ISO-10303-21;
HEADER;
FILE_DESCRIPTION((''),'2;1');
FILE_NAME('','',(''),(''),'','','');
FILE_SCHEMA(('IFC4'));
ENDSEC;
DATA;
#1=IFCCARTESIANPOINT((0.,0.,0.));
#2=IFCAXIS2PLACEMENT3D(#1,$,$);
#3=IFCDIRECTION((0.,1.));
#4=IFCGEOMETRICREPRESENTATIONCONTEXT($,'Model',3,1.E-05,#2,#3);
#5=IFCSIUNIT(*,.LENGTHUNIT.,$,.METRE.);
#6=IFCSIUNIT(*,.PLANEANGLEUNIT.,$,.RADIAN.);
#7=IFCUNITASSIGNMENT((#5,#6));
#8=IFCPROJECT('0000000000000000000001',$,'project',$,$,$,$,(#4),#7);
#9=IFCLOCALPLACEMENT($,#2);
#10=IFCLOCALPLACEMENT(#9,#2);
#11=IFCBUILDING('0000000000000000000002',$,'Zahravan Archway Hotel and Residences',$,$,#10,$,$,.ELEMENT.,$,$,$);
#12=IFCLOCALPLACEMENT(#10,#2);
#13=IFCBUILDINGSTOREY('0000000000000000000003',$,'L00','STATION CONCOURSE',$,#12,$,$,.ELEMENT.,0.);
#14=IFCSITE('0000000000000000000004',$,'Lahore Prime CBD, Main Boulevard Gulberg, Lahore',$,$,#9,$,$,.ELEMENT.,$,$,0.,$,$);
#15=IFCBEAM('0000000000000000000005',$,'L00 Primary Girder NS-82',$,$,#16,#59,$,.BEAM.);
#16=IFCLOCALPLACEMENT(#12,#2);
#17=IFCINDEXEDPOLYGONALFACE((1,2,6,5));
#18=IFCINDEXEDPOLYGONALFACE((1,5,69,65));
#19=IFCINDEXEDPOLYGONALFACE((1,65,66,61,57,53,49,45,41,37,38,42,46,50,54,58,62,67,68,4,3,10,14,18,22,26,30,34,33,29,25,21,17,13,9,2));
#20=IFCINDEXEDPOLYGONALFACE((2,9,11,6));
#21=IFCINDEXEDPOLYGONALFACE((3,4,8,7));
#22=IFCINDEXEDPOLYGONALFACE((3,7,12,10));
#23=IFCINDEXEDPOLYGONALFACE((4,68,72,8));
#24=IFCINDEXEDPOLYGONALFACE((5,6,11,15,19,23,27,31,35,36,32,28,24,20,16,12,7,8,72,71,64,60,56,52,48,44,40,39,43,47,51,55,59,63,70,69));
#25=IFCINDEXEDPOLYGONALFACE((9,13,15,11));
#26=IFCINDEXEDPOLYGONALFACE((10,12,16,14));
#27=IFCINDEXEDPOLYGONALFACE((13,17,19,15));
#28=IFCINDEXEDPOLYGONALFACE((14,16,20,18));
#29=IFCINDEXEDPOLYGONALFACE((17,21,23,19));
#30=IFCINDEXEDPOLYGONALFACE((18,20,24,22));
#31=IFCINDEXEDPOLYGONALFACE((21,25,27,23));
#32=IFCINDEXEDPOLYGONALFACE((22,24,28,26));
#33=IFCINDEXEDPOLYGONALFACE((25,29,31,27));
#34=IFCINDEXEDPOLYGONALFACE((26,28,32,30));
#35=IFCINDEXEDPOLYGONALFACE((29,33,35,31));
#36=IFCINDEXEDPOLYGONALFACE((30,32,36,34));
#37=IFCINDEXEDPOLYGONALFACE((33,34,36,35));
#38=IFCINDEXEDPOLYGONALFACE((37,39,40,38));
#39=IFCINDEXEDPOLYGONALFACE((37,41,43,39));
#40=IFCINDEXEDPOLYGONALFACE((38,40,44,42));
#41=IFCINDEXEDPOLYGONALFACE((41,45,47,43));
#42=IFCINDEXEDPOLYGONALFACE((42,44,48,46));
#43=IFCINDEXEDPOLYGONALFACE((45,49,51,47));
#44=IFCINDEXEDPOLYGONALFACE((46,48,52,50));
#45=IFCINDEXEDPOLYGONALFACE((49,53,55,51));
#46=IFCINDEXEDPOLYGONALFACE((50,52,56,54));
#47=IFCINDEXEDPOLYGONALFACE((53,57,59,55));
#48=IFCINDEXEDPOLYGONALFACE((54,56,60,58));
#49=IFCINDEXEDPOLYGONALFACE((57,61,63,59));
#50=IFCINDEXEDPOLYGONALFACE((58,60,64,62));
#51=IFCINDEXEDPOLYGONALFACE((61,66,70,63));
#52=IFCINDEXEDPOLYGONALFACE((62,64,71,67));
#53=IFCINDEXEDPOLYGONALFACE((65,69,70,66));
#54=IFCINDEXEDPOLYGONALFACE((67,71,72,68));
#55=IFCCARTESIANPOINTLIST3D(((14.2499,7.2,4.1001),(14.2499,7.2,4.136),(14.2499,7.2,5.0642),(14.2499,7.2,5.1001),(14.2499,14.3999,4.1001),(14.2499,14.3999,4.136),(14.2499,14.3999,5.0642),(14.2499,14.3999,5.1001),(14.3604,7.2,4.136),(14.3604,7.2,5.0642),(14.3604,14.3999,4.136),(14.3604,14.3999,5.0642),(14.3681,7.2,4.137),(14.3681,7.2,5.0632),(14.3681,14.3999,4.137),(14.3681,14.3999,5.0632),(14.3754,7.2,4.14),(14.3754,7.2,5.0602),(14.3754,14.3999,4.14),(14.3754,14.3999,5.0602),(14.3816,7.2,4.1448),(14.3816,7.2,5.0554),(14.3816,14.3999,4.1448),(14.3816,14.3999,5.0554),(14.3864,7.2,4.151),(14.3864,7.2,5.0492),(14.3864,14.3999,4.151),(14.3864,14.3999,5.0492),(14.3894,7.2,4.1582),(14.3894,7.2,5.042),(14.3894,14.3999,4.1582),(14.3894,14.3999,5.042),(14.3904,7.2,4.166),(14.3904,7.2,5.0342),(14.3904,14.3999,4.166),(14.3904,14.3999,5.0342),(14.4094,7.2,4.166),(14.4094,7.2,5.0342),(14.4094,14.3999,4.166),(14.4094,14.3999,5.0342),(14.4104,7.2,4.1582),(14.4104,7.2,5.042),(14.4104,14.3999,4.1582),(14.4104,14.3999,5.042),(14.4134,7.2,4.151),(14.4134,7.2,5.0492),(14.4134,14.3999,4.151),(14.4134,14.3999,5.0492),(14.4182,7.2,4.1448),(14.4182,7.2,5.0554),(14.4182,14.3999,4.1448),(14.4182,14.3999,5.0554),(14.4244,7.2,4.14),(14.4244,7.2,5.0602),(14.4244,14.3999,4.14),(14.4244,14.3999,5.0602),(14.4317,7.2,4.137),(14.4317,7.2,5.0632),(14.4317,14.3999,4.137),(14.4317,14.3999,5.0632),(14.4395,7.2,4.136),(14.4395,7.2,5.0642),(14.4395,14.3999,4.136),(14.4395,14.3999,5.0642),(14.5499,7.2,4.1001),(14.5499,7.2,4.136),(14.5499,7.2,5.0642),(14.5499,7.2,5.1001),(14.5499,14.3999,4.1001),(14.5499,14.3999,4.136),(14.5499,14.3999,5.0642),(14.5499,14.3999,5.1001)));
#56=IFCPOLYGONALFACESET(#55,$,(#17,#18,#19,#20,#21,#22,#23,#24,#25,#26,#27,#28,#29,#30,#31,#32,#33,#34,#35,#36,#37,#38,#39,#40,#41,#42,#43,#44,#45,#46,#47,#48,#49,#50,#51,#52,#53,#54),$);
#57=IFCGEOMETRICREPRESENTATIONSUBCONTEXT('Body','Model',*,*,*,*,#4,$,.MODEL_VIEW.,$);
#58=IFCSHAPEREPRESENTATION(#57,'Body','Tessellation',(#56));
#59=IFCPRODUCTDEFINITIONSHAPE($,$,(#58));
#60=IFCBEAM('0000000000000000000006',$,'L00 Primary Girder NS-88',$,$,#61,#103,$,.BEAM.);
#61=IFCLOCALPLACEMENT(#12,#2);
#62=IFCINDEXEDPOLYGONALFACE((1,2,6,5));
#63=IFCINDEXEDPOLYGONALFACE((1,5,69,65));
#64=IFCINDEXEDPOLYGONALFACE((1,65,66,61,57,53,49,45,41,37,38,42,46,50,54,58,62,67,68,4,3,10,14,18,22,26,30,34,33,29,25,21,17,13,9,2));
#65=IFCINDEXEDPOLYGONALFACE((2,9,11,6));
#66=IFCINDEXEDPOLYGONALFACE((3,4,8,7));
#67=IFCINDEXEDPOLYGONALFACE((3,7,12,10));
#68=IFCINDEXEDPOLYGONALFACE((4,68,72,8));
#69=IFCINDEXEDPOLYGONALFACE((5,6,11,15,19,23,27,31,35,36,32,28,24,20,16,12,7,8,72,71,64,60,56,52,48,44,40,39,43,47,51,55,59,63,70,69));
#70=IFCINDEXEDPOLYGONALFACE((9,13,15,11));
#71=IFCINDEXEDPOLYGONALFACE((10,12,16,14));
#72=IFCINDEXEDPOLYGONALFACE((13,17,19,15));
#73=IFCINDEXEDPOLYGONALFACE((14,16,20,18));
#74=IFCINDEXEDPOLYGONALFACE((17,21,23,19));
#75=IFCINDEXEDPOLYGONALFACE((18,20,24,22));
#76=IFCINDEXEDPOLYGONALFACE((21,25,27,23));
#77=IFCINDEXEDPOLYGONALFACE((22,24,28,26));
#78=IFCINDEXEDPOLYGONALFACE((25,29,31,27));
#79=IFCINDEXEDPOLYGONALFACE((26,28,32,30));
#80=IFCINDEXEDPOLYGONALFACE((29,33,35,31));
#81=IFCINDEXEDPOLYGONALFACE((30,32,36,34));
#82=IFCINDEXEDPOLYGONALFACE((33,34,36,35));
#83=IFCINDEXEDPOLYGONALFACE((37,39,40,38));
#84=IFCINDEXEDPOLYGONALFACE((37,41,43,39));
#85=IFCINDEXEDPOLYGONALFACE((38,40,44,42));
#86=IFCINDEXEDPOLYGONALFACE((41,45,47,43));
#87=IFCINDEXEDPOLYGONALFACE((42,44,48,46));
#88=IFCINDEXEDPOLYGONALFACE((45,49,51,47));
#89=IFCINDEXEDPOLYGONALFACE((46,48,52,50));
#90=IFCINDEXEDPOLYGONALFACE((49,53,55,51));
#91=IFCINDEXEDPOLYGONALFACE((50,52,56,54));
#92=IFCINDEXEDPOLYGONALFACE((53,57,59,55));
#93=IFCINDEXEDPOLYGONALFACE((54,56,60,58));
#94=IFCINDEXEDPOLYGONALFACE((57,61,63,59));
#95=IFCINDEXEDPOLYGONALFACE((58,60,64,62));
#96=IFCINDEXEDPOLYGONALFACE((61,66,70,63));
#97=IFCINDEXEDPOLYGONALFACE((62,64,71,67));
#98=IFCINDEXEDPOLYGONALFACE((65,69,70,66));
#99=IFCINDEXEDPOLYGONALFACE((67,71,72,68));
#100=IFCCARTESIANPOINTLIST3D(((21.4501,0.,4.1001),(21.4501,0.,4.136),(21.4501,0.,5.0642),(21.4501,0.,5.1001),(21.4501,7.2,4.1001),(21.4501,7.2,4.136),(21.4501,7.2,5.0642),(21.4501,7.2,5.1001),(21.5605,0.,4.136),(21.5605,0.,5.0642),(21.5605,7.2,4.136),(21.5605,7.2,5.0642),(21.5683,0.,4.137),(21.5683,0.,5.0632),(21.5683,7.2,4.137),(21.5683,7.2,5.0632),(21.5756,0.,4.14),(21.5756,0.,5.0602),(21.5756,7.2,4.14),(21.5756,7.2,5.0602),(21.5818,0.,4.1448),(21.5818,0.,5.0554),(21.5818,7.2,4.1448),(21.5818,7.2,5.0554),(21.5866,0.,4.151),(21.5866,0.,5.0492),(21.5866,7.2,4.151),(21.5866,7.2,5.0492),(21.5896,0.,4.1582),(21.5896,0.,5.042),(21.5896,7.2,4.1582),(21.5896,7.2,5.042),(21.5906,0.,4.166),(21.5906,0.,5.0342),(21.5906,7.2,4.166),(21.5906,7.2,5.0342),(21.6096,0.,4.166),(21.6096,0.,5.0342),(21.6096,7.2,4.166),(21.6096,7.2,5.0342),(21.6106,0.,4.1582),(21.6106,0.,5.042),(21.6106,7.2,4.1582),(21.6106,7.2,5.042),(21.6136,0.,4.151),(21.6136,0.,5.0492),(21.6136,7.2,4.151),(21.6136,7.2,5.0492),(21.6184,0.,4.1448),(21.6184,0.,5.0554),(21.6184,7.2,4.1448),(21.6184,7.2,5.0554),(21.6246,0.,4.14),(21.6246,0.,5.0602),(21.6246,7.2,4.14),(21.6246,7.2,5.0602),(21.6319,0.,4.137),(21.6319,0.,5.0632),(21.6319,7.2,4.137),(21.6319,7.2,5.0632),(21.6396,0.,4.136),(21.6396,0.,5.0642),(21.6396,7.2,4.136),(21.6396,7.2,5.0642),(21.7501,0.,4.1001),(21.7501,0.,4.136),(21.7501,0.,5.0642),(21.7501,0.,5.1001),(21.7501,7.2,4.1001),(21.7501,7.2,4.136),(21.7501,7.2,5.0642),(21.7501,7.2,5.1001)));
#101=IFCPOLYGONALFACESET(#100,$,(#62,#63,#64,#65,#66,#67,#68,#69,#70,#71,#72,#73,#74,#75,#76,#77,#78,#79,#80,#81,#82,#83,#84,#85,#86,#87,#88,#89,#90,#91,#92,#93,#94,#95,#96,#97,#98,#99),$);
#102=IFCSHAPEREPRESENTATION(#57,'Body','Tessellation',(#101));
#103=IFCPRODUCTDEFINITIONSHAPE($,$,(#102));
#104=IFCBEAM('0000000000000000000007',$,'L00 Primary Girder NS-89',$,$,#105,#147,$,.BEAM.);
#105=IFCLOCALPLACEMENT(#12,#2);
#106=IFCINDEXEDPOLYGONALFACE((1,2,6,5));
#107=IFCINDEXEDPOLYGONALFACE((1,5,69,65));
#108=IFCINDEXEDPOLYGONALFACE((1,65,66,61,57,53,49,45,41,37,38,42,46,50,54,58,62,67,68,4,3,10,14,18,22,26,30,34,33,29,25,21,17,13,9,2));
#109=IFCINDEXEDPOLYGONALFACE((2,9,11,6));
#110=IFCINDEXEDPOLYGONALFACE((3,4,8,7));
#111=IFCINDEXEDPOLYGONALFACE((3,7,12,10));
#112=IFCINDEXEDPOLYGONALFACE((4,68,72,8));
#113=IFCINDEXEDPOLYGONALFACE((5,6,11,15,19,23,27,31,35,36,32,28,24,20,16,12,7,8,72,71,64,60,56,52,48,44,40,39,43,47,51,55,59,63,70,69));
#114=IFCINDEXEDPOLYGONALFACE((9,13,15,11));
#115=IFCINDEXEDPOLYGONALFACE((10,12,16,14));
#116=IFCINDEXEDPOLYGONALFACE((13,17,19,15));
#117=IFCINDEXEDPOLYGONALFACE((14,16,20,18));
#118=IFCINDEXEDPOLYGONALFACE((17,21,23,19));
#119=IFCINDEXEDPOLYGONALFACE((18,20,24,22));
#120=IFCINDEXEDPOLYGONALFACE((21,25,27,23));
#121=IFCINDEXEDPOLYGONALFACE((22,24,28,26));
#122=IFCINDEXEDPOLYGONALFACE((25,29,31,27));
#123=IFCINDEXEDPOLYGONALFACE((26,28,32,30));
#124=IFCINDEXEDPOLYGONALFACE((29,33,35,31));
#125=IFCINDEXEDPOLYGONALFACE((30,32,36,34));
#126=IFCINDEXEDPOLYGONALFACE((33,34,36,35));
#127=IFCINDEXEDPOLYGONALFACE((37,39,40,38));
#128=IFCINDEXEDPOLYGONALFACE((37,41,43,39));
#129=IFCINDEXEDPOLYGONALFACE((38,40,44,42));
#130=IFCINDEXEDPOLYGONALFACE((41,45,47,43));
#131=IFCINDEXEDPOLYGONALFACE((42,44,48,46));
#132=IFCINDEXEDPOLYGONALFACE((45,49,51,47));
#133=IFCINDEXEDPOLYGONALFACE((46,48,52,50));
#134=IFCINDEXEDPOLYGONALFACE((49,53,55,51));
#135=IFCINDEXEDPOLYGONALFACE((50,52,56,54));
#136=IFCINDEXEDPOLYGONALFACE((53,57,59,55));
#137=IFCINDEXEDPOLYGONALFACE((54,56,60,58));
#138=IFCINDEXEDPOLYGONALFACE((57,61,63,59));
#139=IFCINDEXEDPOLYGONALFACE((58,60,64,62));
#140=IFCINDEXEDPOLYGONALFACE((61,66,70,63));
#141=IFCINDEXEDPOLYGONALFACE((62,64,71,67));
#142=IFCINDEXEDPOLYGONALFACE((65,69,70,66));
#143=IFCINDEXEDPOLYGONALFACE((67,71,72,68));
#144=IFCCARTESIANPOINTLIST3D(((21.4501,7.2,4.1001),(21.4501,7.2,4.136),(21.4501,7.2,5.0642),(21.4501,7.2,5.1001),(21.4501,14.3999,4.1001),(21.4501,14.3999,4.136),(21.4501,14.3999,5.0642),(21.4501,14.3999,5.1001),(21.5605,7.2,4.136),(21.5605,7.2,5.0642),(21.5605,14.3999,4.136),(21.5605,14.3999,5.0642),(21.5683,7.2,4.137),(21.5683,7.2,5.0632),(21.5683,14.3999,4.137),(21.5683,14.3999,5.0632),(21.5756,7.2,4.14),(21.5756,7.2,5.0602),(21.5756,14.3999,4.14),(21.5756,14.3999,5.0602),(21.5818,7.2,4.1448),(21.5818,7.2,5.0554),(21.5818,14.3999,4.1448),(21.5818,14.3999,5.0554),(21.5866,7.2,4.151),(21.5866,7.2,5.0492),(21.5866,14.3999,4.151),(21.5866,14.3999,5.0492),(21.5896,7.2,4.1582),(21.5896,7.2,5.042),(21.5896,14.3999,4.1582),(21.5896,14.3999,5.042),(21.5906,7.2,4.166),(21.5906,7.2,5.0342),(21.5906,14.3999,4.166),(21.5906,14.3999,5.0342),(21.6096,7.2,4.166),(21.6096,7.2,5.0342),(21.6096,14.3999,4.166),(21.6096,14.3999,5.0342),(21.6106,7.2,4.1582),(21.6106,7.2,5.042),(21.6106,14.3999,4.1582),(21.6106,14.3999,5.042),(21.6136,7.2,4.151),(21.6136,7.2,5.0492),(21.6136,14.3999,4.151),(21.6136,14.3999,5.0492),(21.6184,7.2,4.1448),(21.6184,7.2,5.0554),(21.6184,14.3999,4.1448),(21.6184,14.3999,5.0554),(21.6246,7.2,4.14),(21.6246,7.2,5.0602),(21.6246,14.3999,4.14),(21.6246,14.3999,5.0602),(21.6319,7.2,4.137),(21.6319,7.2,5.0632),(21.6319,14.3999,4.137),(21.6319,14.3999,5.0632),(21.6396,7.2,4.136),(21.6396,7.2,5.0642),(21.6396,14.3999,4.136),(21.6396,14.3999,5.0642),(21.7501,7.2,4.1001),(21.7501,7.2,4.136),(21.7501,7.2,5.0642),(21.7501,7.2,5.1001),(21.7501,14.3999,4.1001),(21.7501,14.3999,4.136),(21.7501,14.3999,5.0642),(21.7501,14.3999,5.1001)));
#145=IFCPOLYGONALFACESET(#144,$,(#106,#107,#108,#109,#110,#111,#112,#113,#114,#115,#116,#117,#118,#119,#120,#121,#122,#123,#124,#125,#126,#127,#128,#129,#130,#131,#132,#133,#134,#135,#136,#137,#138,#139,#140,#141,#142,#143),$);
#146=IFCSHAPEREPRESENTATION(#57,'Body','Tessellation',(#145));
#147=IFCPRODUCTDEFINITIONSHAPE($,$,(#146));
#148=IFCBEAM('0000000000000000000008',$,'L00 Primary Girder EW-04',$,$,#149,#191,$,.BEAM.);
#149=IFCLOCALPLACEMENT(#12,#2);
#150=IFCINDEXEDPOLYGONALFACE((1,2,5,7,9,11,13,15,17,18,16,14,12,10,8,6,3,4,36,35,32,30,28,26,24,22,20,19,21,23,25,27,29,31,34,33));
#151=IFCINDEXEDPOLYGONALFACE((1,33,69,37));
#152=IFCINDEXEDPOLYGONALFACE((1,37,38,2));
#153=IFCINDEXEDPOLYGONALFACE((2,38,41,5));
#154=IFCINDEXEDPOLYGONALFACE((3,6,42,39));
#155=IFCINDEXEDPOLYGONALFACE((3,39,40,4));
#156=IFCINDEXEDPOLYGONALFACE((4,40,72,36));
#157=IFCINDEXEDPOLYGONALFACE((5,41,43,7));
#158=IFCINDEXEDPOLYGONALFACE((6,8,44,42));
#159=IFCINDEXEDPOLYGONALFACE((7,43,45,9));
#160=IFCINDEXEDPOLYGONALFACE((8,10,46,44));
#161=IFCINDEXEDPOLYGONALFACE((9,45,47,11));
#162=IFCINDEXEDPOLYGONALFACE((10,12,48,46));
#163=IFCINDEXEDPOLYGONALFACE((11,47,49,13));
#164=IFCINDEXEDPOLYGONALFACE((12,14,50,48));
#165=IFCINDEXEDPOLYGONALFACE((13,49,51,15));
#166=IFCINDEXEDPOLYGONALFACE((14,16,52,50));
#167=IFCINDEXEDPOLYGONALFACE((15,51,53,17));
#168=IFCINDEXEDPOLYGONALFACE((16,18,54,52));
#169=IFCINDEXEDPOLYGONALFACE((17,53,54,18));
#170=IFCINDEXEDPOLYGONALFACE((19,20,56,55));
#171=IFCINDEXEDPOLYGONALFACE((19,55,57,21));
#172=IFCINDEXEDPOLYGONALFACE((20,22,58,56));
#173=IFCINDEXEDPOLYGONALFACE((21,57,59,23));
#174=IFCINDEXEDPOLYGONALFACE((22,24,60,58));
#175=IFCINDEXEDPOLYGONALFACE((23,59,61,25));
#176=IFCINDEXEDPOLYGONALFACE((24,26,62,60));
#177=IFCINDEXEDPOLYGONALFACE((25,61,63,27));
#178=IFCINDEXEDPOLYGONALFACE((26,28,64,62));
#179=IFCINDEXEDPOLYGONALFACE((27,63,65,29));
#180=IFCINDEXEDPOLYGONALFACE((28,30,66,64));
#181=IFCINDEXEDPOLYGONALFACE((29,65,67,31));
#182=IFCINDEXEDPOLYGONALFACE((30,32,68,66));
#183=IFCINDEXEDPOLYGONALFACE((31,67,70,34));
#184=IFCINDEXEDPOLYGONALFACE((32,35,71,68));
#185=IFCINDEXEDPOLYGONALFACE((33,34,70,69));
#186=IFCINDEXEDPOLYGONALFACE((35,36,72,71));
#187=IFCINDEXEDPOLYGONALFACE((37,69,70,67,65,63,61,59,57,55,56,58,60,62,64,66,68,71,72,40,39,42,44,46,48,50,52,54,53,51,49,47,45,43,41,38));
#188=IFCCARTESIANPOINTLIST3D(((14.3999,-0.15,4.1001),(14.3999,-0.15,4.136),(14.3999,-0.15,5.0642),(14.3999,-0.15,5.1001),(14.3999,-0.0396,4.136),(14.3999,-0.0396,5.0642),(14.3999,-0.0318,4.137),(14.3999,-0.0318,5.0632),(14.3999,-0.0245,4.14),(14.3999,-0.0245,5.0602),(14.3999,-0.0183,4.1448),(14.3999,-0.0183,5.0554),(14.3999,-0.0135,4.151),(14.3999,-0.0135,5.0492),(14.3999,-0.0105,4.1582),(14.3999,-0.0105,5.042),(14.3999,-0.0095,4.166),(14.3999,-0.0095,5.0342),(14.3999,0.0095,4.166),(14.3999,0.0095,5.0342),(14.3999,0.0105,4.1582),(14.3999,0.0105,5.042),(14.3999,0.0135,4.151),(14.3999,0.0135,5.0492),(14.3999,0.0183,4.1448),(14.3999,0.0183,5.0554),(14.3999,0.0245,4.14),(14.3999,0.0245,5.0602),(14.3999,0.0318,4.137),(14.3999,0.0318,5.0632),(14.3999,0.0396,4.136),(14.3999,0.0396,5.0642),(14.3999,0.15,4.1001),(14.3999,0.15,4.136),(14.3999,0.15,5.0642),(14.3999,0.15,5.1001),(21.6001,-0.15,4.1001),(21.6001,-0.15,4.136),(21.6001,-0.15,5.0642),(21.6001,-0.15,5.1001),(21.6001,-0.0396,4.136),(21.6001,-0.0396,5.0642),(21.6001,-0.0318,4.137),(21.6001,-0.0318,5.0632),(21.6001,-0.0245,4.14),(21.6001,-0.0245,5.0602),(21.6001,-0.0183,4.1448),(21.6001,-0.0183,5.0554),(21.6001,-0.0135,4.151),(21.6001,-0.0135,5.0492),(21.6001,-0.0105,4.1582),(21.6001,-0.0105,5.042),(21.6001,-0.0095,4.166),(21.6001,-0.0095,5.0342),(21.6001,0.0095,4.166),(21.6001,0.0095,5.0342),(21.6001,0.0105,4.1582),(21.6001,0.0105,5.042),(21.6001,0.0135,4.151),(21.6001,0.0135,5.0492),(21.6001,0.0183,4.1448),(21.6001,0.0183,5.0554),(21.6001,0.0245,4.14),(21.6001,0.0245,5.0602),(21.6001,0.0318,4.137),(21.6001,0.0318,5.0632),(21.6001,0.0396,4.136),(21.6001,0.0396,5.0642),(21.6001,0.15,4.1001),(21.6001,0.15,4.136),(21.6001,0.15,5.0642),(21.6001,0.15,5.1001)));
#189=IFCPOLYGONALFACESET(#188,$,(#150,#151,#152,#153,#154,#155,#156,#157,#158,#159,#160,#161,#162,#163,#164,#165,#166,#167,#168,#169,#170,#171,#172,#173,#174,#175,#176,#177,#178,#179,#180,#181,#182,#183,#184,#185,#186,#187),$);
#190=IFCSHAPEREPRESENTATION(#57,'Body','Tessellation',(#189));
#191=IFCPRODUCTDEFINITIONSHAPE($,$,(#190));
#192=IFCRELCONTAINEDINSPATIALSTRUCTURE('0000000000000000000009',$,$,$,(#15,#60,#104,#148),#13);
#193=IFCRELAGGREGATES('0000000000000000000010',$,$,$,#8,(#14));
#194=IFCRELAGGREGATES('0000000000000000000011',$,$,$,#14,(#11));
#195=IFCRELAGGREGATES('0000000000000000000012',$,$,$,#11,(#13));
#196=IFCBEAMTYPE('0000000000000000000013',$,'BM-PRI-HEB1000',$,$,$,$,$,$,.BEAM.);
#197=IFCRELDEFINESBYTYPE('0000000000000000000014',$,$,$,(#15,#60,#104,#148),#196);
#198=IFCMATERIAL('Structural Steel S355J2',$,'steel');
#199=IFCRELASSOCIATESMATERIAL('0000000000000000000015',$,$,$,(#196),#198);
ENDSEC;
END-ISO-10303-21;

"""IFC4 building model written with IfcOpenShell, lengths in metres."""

from ifc_helpers import new_model, si_unit, direction, frame, origin, origin_2d, place, context, subcontext, project, spatial, i_section, extrude, source, transform, mapped, material, material_profile, profile_set, type_object, element, save


model = new_model("IFC4")

# Units and contexts
model_context = context("Model", 3, precision=1e-05, world=origin(), true_north=direction((0.0, 1.0)))
body_context = subcontext(model_context, "Body", "Model", "MODEL_VIEW")
ifc_project = project(units=[si_unit("LENGTHUNIT", "METRE"), si_unit("PLANEANGLEUNIT", "RADIAN")], contexts=[model_context])

# Site, building, storey
site_placement = place(None, origin())
site = spatial("IfcSite", under=ifc_project, at=site_placement, Name="Lahore Prime CBD, Main Boulevard Gulberg, Lahore", CompositionType="ELEMENT", RefElevation=0.0)
building_placement = place(site_placement, origin())
building = spatial("IfcBuilding", under=site, at=building_placement, Name="Zahravan Archway Hotel and Residences", CompositionType="ELEMENT")
storey_placement = place(building_placement, origin())
storey = spatial("IfcBuildingStorey", under=building, at=storey_placement, Name="L00", Description="STATION CONCOURSE", CompositionType="ELEMENT", Elevation=0.0)

# Beams
ifc_material_1 = material(Name="Structural Steel S355J2", Category="steel")
ifc_material_profile_1 = material_profile(ifc_material_1, i_section(OverallWidth=0.3, OverallDepth=1.0, WebThickness=0.019, FlangeThickness=0.0359, FilletRadius=0.03, at=origin_2d()), Name="HEB 1000", Category="steel")
ifc_profile_set_1 = profile_set([ifc_material_profile_1], Name="Structural Steel S355J2")
beam_type_1 = type_object("IfcBeamType", Name="BM-PRI-HEB1000", PredefinedType="BEAM", material=ifc_profile_set_1)
shared_shape_1 = source(origin(), body_context, "Body", "SweptSolid", [
    extrude(i_section(OverallWidth=0.3, OverallDepth=1.0, WebThickness=0.019, FlangeThickness=0.0359, FilletRadius=0.03, at=origin_2d()), origin(), (0.0, 0.0, 1.0), 7.2),
])
for number, where, z_axis, x_axis, name in (
    (1, (14.3999, 7.2, 4.6001), (0.0, 1.0, 0.0), (-1.0, 0.0, 0.0), "L00 Primary Girder NS-82"),
    (2, (21.6001, 0.0, 4.6001), (0.0, 1.0, 0.0), (-1.0, 0.0, 0.0), "L00 Primary Girder NS-88"),
    (3, (21.6001, 7.2, 4.6001), (0.0, 1.0, 0.0), (-1.0, 0.0, 0.0), "L00 Primary Girder NS-89"),
):
    element("IfcBeam", number, at=place(storey_placement, frame(where, z_axis=z_axis, x_axis=x_axis)), inside=storey, type_object=beam_type_1, Name=name, PredefinedType="BEAM", context=body_context, shape_type="MappedRepresentation", body=[
        mapped(shared_shape_1, transform((0.0, 0.0, 0.0), scale=1.0)),
    ])
shared_shape_2 = source(origin(), body_context, "Body", "SweptSolid", [
    extrude(i_section(OverallWidth=0.3, OverallDepth=1.0, WebThickness=0.019, FlangeThickness=0.0359, FilletRadius=0.03, at=origin_2d()), origin(), (0.0, 0.0, 1.0), 7.2002),
])
for number, where, z_axis, x_axis, name in (
    (4, (14.3999, 0.0, 4.6001), (1.0, 0.0, 0.0), (0.0, 1.0, 0.0), "L00 Primary Girder EW-04"),
):
    element("IfcBeam", number, at=place(storey_placement, frame(where, z_axis=z_axis, x_axis=x_axis)), inside=storey, type_object=beam_type_1, Name=name, PredefinedType="BEAM", context=body_context, shape_type="MappedRepresentation", body=[
        mapped(shared_shape_2, transform((0.0, 0.0, 0.0), scale=1.0)),
    ])

save(model, "model.ifc")
